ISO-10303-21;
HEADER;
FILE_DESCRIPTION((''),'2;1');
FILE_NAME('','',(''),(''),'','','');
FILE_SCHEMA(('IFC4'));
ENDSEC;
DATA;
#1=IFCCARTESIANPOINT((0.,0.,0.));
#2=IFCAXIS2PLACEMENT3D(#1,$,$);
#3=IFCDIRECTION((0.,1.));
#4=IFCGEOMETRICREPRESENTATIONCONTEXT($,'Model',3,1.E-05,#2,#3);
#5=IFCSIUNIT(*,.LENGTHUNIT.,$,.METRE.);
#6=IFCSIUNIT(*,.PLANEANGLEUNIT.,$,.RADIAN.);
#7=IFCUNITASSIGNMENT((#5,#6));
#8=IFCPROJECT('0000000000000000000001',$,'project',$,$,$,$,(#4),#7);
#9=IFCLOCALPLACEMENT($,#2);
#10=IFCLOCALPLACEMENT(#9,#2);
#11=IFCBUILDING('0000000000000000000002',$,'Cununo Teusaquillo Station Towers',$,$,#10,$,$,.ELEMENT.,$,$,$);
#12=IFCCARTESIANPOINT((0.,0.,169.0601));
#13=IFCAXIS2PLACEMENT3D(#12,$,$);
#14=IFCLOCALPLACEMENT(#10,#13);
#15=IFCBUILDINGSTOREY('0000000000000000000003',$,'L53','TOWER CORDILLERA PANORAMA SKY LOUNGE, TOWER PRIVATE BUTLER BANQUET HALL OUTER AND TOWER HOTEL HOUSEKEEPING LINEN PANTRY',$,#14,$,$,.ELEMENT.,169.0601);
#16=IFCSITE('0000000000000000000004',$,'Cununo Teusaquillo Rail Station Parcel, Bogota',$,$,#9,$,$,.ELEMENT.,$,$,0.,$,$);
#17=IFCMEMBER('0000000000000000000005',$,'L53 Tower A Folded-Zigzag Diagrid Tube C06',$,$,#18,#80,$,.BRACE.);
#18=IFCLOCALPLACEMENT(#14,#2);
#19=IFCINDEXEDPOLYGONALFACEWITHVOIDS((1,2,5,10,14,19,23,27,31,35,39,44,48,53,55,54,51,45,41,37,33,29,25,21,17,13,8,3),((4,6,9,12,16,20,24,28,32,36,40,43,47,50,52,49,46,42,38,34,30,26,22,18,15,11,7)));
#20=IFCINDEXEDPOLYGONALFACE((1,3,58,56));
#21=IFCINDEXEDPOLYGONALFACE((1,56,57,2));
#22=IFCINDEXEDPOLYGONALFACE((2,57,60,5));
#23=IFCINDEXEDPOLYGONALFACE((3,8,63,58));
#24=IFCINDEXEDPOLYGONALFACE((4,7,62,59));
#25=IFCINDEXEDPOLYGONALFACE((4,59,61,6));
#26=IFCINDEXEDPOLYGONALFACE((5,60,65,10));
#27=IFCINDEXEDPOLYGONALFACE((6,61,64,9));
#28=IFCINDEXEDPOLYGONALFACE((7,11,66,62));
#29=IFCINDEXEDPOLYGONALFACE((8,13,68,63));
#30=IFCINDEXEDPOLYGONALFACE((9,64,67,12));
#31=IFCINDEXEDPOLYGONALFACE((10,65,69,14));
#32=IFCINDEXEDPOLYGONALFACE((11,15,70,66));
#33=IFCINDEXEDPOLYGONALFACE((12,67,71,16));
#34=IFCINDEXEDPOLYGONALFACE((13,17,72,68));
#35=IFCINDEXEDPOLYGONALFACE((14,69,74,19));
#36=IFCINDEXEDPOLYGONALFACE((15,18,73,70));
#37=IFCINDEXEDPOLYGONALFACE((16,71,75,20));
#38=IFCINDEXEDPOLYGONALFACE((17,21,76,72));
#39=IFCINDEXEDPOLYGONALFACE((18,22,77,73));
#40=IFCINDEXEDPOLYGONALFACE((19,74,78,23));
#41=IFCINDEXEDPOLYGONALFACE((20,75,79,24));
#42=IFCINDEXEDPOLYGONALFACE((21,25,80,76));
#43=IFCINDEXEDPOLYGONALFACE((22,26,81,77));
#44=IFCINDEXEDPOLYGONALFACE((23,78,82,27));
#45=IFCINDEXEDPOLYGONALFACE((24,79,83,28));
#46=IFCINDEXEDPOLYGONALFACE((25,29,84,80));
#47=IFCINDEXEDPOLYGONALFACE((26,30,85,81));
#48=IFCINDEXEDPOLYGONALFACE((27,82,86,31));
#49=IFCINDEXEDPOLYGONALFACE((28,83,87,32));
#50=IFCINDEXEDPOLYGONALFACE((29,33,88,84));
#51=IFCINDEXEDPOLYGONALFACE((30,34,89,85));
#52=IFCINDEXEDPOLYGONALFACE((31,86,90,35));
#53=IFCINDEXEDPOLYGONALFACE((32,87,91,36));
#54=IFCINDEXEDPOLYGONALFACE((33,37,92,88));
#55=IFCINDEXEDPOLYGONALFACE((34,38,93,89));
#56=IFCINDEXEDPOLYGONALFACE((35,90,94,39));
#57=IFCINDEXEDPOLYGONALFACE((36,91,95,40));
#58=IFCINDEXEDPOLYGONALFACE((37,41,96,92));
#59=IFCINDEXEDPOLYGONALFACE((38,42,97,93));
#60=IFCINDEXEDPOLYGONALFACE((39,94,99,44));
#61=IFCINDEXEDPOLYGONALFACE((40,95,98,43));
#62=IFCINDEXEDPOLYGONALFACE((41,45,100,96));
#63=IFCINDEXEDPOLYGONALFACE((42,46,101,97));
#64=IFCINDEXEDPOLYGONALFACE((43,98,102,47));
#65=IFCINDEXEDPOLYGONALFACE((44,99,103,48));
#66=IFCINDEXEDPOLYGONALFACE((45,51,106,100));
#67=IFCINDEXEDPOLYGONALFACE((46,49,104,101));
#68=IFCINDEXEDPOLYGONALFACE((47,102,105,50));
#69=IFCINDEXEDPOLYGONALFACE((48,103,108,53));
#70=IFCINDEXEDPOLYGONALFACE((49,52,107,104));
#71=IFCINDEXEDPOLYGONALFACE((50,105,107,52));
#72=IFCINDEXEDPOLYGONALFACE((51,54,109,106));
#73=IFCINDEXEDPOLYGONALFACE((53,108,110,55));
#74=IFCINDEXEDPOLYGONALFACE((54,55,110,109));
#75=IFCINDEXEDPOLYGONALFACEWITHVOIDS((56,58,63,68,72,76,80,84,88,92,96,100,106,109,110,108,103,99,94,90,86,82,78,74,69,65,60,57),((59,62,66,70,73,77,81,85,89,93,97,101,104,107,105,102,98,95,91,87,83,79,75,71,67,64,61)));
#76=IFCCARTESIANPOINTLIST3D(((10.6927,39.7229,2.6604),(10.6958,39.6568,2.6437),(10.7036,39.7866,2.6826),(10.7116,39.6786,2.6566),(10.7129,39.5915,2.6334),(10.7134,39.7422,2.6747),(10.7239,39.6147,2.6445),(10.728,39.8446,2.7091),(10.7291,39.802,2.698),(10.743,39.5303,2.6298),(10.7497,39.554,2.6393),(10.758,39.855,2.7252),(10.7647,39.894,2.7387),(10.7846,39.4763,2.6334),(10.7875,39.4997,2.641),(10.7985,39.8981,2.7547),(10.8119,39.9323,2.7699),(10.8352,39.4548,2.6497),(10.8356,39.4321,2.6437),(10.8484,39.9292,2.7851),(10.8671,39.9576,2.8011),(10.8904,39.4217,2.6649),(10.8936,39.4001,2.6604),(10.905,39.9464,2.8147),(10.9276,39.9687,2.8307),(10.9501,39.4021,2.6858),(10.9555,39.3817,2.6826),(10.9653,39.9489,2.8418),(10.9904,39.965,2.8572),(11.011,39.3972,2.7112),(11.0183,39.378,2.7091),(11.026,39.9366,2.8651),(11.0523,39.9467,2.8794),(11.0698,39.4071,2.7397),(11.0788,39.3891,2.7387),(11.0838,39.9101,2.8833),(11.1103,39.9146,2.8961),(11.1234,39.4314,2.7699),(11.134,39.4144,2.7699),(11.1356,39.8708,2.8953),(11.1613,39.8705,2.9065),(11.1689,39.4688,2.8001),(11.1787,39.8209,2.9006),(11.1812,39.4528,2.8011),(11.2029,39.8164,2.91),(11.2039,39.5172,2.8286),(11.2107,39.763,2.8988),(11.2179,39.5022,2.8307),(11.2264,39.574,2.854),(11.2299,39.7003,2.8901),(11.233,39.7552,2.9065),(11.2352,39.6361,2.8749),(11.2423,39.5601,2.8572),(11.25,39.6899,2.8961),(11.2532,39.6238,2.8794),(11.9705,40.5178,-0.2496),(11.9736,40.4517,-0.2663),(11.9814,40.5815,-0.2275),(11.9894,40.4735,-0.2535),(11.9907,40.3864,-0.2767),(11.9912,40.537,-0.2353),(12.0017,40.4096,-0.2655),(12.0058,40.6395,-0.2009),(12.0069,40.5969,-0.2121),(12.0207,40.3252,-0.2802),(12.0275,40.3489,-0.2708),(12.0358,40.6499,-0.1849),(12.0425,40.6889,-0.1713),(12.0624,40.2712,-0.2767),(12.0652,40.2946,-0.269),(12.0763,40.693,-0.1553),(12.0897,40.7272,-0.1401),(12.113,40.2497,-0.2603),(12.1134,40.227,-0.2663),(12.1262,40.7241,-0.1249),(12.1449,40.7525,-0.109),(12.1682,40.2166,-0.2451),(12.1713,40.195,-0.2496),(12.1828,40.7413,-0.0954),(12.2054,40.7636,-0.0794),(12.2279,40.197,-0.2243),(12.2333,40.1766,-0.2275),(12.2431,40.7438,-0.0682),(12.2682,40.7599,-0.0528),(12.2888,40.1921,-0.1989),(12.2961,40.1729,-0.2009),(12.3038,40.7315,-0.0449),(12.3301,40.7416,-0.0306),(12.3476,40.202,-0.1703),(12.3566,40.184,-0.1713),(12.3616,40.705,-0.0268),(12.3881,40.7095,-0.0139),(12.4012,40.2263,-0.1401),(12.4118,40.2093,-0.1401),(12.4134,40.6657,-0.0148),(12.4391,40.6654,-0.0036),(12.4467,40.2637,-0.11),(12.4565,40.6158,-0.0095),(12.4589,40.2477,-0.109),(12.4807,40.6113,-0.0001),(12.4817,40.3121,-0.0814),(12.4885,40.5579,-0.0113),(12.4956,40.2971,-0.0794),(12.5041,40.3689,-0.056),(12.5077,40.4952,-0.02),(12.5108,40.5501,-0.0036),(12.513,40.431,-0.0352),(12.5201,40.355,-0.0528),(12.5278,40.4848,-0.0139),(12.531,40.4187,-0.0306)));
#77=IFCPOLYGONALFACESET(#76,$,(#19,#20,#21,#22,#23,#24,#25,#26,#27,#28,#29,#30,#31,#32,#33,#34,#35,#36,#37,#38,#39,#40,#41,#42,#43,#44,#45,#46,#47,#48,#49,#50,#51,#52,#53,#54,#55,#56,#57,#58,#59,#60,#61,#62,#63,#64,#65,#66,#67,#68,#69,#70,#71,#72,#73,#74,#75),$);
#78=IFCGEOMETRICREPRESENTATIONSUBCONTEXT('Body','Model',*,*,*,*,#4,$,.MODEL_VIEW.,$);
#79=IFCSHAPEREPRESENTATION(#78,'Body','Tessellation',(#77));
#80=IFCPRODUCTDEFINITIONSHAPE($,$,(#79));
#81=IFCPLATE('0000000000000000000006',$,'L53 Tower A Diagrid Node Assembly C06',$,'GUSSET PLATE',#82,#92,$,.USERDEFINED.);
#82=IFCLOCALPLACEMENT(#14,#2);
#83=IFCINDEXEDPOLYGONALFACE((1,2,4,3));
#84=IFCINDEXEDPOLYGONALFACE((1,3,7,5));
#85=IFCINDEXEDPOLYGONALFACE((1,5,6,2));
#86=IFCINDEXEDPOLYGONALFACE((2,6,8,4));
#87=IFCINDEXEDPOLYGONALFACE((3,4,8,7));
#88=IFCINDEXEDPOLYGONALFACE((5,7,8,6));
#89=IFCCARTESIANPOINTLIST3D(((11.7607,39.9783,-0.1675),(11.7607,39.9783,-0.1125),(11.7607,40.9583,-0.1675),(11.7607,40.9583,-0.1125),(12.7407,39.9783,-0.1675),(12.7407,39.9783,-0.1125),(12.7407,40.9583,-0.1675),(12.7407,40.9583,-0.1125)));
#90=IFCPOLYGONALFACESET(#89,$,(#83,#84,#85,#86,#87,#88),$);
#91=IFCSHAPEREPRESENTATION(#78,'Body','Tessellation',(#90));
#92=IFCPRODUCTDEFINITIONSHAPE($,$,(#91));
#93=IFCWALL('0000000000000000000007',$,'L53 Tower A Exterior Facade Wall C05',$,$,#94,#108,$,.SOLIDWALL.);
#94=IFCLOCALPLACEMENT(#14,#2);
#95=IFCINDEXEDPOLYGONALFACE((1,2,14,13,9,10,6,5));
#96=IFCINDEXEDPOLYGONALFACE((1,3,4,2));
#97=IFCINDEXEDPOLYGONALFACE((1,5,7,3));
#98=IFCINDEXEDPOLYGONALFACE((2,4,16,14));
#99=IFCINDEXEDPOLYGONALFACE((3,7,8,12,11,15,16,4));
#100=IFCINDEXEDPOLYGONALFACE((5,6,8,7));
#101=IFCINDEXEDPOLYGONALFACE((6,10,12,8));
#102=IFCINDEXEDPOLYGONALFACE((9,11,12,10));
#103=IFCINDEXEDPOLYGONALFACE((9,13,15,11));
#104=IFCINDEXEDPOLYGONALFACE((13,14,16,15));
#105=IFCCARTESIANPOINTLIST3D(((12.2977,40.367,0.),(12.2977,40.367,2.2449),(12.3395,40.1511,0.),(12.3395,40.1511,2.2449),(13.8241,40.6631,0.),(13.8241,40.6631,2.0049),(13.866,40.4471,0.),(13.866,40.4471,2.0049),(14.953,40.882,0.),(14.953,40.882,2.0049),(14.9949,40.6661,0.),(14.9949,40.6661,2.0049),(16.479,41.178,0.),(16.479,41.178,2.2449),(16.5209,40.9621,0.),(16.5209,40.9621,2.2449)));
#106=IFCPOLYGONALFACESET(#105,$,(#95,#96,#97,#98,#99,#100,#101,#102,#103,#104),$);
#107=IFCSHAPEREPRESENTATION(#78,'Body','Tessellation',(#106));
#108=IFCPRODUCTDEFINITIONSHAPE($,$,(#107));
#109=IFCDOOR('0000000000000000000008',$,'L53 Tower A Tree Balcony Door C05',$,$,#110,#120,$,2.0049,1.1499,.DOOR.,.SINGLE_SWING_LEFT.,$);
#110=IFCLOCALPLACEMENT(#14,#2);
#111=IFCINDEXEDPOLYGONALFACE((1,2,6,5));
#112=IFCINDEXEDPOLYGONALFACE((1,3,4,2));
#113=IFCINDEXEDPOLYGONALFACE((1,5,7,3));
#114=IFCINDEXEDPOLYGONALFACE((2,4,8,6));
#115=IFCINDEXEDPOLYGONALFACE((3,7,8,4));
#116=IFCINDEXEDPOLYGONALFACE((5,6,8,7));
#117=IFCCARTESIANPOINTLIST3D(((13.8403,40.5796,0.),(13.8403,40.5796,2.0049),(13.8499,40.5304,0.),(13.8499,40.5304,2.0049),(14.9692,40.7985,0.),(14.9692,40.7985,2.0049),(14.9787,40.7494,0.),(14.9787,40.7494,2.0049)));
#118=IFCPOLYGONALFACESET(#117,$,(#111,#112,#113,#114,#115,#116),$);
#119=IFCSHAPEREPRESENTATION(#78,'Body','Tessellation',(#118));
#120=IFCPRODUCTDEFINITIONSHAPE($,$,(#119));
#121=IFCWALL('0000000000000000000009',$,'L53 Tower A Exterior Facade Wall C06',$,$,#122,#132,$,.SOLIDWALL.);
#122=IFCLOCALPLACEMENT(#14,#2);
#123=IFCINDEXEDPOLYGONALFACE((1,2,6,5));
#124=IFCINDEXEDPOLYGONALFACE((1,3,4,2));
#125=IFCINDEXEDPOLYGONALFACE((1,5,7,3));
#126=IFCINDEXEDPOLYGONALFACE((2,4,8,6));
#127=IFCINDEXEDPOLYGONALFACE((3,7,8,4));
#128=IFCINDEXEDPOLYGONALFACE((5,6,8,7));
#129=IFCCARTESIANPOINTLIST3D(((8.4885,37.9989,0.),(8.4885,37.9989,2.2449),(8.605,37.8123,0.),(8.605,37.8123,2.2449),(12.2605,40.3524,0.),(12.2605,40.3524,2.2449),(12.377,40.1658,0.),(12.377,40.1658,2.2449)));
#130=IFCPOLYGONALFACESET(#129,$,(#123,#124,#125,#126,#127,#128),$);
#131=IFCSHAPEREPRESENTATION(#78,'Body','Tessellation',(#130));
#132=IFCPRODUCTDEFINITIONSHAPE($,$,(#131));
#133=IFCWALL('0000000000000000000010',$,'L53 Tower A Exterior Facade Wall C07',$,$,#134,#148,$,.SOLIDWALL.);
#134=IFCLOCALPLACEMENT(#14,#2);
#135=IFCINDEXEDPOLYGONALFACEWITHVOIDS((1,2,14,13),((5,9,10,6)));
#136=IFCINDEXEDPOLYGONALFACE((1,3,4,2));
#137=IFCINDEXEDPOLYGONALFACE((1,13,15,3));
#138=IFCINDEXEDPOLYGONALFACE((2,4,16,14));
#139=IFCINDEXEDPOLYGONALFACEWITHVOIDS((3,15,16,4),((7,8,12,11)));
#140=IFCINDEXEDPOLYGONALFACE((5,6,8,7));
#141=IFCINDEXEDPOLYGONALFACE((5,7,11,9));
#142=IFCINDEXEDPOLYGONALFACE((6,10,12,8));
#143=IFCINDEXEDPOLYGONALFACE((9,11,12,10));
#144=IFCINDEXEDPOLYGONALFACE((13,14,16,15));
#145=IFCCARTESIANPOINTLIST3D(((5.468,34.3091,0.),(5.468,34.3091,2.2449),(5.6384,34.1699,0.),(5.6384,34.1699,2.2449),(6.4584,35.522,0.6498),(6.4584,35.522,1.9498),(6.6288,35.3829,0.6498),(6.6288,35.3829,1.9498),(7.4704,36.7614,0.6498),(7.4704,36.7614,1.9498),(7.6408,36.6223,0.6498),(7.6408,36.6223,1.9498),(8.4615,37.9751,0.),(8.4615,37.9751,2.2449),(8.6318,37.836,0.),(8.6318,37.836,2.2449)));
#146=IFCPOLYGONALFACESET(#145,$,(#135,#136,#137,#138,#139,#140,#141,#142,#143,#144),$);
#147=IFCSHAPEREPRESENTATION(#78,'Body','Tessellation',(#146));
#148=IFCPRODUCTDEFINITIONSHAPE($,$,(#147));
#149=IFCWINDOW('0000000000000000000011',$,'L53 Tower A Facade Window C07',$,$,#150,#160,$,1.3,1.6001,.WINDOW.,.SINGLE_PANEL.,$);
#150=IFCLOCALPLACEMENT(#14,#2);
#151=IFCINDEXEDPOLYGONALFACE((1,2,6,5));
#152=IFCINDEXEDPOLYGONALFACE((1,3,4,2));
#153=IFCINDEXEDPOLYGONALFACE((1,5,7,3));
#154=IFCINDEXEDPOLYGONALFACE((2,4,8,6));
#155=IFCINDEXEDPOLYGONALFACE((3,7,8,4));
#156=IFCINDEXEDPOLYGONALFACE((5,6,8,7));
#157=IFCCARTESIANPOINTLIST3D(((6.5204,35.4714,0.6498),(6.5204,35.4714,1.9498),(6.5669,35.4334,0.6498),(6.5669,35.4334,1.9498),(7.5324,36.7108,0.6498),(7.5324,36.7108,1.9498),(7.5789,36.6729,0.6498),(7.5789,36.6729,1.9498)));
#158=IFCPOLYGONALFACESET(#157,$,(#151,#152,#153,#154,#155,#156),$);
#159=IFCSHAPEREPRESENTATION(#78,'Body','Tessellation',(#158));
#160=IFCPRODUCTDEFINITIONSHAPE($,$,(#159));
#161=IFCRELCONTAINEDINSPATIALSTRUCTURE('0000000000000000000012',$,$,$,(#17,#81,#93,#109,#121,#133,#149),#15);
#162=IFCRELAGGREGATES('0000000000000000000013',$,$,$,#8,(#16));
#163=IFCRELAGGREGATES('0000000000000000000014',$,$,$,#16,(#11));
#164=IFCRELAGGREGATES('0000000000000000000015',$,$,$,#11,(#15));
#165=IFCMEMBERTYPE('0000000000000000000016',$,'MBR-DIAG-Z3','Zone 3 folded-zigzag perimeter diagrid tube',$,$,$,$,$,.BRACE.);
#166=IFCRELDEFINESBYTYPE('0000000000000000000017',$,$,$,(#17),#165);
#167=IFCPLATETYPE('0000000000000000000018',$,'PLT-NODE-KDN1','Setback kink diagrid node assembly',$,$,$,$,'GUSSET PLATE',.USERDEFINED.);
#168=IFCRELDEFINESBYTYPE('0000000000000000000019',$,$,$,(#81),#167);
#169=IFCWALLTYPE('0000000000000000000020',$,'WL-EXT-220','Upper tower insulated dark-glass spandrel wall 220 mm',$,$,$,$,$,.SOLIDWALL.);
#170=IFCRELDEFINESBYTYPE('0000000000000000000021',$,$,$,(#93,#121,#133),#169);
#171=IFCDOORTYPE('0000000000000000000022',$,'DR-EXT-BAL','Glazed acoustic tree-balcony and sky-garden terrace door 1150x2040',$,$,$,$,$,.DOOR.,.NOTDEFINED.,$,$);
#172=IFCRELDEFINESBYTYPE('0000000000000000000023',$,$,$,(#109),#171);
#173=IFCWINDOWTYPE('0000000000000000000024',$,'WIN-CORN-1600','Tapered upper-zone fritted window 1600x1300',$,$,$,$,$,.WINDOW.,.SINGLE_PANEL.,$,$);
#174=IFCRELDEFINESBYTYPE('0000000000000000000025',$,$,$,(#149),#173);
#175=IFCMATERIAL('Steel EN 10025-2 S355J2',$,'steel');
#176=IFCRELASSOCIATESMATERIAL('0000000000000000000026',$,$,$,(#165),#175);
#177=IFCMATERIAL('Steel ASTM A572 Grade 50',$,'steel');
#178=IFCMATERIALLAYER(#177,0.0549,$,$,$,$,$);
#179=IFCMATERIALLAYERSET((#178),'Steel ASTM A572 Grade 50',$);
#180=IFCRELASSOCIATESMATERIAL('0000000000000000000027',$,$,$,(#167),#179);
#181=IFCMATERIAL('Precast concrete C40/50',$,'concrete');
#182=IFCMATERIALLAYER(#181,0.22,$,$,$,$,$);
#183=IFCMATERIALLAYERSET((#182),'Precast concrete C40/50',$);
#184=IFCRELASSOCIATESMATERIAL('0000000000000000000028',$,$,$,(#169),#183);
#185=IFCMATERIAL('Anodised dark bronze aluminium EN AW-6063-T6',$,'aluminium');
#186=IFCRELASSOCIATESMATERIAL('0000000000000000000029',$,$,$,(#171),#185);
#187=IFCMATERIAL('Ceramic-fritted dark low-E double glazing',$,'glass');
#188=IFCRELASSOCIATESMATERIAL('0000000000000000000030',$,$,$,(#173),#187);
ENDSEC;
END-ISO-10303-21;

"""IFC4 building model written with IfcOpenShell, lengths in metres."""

from ifc_helpers import new_model, si_unit, direction, frame, frame_2d, origin, origin_2d, place, context, subcontext, project, spatial, rectangle, hollow_circle, extrude, source, transform, mapped, material, layer, layer_set, material_profile, profile_set, type_object, element, fill, save


model = new_model("IFC4")

# Units and contexts
model_context = context("Model", 3, precision=1e-05, world=origin(), true_north=direction((0.0, 1.0)))
body_context = subcontext(model_context, "Body", "Model", "MODEL_VIEW")
ifc_project = project(units=[si_unit("LENGTHUNIT", "METRE"), si_unit("PLANEANGLEUNIT", "RADIAN")], contexts=[model_context])

# Site, building, storey
site_placement = place(None, origin())
site = spatial("IfcSite", under=ifc_project, at=site_placement, Name="Cununo Teusaquillo Rail Station Parcel, Bogota", CompositionType="ELEMENT", RefElevation=0.0)
building_placement = place(site_placement, origin())
building = spatial("IfcBuilding", under=site, at=building_placement, Name="Cununo Teusaquillo Station Towers", CompositionType="ELEMENT")
storey_placement = place(building_placement, frame((0.0, 0.0, 169.0601)))
storey = spatial("IfcBuildingStorey", under=building, at=storey_placement, Name="L53", Description="TOWER CORDILLERA PANORAMA SKY LOUNGE, TOWER PRIVATE BUTLER BANQUET HALL OUTER AND TOWER HOTEL HOUSEKEEPING LINEN PANTRY", CompositionType="ELEMENT", Elevation=169.0601)

# Member
ifc_material_1 = material(Name="Steel EN 10025-2 S355J2", Category="steel")
ifc_material_profile_1 = material_profile(ifc_material_1, hollow_circle(Radius=0.3049, WallThickness=0.02, at=origin_2d()), Name="CHS 610x20")
ifc_profile_set_1 = profile_set([ifc_material_profile_1], Name="Steel EN 10025-2 S355J2")
member_type = type_object("IfcMemberType", Name="MBR-DIAG-Z3", Description="Zone 3 folded-zigzag perimeter diagrid tube", PredefinedType="BRACE", material=ifc_profile_set_1)
member_placement = place(storey_placement, frame((12.2507, 40.4683, -0.1401), z_axis=(-0.39003, -0.242632, 0.88826), x_axis=(0.528219, -0.849108, 0.0)))
element("IfcMember", 1, at=member_placement, inside=storey, type_object=member_type, Name="L53 Tower A Folded-Zigzag Diagrid Tube C06", PredefinedType="BRACE", context=body_context, shape_type="SweptSolid", body=[
    extrude(hollow_circle(Radius=0.3049, WallThickness=0.02, at=origin_2d()), origin(), (0.0, 0.0, 1.0), 3.2761),
])

# Plate
ifc_material_2 = material(Name="Steel ASTM A572 Grade 50", Category="steel")
ifc_layer_1 = layer(ifc_material_2, 0.0549)
ifc_layer_set_1 = layer_set([ifc_layer_1], Name="Steel ASTM A572 Grade 50")
plate_type = type_object("IfcPlateType", Name="PLT-NODE-KDN1", Description="Setback kink diagrid node assembly", ElementType="GUSSET PLATE", PredefinedType="USERDEFINED", material=ifc_layer_set_1)
shared_shape_1 = source(origin(), body_context, "Body", "SweptSolid", [
    extrude(rectangle(XDim=0.98, YDim=0.98, at=origin_2d()), origin(), (0.0, 0.0, 1.0), 0.0549),
])
plate_placement = place(storey_placement, frame((12.2507, 40.4683, -0.1675), z_axis=(0.0, 0.0, 1.0), x_axis=(1.0, 0.0, 0.0)))
element("IfcPlate", 2, at=plate_placement, inside=storey, type_object=plate_type, Name="L53 Tower A Diagrid Node Assembly C06", ObjectType="GUSSET PLATE", PredefinedType="USERDEFINED", context=body_context, shape_type="MappedRepresentation", body=[
    mapped(shared_shape_1, transform((0.0, 0.0, 0.0), x_axis=(1.0, 0.0, 0.0), y_axis=(0.0, 1.0, 0.0), z_axis=(0.0, 0.0, 1.0), scale=1.0)),
])

# Wall, opening, door
ifc_material_3 = material(Name="Precast concrete C40/50", Category="concrete")
ifc_layer_2 = layer(ifc_material_3, 0.22)
ifc_layer_set_2 = layer_set([ifc_layer_2], Name="Precast concrete C40/50")
wall_type_1 = type_object("IfcWallType", Name="WL-EXT-220", Description="Upper tower insulated dark-glass spandrel wall 220 mm", PredefinedType="SOLIDWALL", material=ifc_layer_set_2)
wall_1_placement = place(storey_placement, frame((12.3186, 40.259, 0.0), z_axis=(0.0, 0.0, 1.0), x_axis=(0.981704, 0.190414, 0.0)))
wall_1 = element("IfcWall", 3, at=wall_1_placement, inside=storey, type_object=wall_type_1, Name="L53 Tower A Exterior Facade Wall C05", PredefinedType="SOLIDWALL", context=body_context, shape_type="SweptSolid", body=[
    extrude(rectangle(XDim=4.2593, YDim=0.22, at=frame_2d((2.1296, 0.0))), origin(), (0.0, 0.0, 1.0), 2.2449),
])
shared_shape_2 = source(origin(), body_context, "Body", "SweptSolid", [
    extrude(rectangle(XDim=1.1499, YDim=2.0049, at=frame_2d((0.575, 1.0024))), frame((0.0, 0.1199, 0.0), z_axis=(0.0, -1.0, 0.0), x_axis=(1.0, 0.0, 0.0)), (0.0, 0.0, 1.0), 0.24),
])
opening_1_placement = place(wall_1_placement, frame((1.5549, 0.0, 0.0)))
opening_1 = element("IfcOpeningElement", 4, at=opening_1_placement, cuts=wall_1, PredefinedType="OPENING", context=body_context, shape_type="MappedRepresentation", body=[
    mapped(shared_shape_2, transform((0.0, 0.0, 0.0), x_axis=(1.0, 0.0, 0.0), y_axis=(0.0, 1.0, 0.0), z_axis=(0.0, 0.0, 1.0), scale=1.0)),
])
ifc_material_4 = material(Name="Anodised dark bronze aluminium EN AW-6063-T6", Category="aluminium")
door_type_1 = type_object("IfcDoorType", Name="DR-EXT-BAL", Description="Glazed acoustic tree-balcony and sky-garden terrace door 1150x2040", OperationType="NOTDEFINED", PredefinedType="DOOR", material=ifc_material_4)
shared_shape_3 = source(origin(), body_context, "Body", "SweptSolid", [
    extrude(rectangle(XDim=1.1499, YDim=2.0049, at=frame_2d((0.575, 1.0024))), frame((0.0, 0.0249, 0.0), z_axis=(0.0, -1.0, 0.0), x_axis=(1.0, 0.0, 0.0)), (0.0, 0.0, 1.0), 0.05),
])
door_1_placement = place(opening_1_placement, origin())
door_1 = element("IfcDoor", 5, at=door_1_placement, inside=storey, type_object=door_type_1, Name="L53 Tower A Tree Balcony Door C05", OperationType="SINGLE_SWING_LEFT", OverallHeight=2.0049, OverallWidth=1.1499, PredefinedType="DOOR", context=body_context, shape_type="MappedRepresentation", body=[
    mapped(shared_shape_3, transform((0.0, 0.0, 0.0), x_axis=(1.0, 0.0, 0.0), y_axis=(0.0, 1.0, 0.0), z_axis=(0.0, 0.0, 1.0), scale=1.0)),
])
fill(opening_1, door_1)

# Wall
wall_2_placement = place(storey_placement, frame((8.5466, 37.9055, 0.0), z_axis=(0.0, 0.0, 1.0), x_axis=(0.848399, 0.529357, 0.0)))
element("IfcWall", 6, at=wall_2_placement, inside=storey, type_object=wall_type_1, Name="L53 Tower A Exterior Facade Wall C06", PredefinedType="SOLIDWALL", context=body_context, shape_type="SweptSolid", body=[
    extrude(rectangle(XDim=4.446, YDim=0.22, at=frame_2d((2.2231, 0.0))), origin(), (0.0, 0.0, 1.0), 2.2449),
])

# Wall, opening, window
wall_3_placement = place(storey_placement, frame((5.5532, 34.2395, 0.0), z_axis=(0.0, 0.0, 1.0), x_axis=(0.632471, 0.774584, 0.0)))
wall_3 = element("IfcWall", 7, at=wall_3_placement, inside=storey, type_object=wall_type_1, Name="L53 Tower A Exterior Facade Wall C07", PredefinedType="SOLIDWALL", context=body_context, shape_type="SweptSolid", body=[
    extrude(rectangle(XDim=4.7329, YDim=0.22, at=frame_2d((2.3665, 0.0))), origin(), (0.0, 0.0, 1.0), 2.2449),
])
shared_shape_4 = source(origin(), body_context, "Body", "SweptSolid", [
    extrude(rectangle(XDim=1.6001, YDim=1.3, at=frame_2d((0.8, 0.6499))), frame((0.0, 0.1199, 0.0), z_axis=(0.0, -1.0, 0.0), x_axis=(1.0, 0.0, 0.0)), (0.0, 0.0, 1.0), 0.24),
])
opening_2_placement = place(wall_3_placement, frame((1.5659, 0.0, 0.6499)))
opening_2 = element("IfcOpeningElement", 8, at=opening_2_placement, cuts=wall_3, PredefinedType="OPENING", context=body_context, shape_type="MappedRepresentation", body=[
    mapped(shared_shape_4, transform((0.0, 0.0, 0.0), x_axis=(1.0, 0.0, 0.0), y_axis=(0.0, 1.0, 0.0), z_axis=(0.0, 0.0, 1.0), scale=1.0)),
])
ifc_material_5 = material(Name="Ceramic-fritted dark low-E double glazing", Category="glass")
window_type = type_object("IfcWindowType", Name="WIN-CORN-1600", Description="Tapered upper-zone fritted window 1600x1300", PartitioningType="SINGLE_PANEL", PredefinedType="WINDOW", material=ifc_material_5)
shared_shape_5 = source(origin(), body_context, "Body", "SweptSolid", [
    extrude(rectangle(XDim=1.6001, YDim=1.3, at=frame_2d((0.8, 0.6499))), frame((0.0, 0.03, 0.0), z_axis=(0.0, -1.0, 0.0), x_axis=(1.0, 0.0, 0.0)), (0.0, 0.0, 1.0), 0.0601),
])
window_placement = place(opening_2_placement, origin())
window = element("IfcWindow", 9, at=window_placement, inside=storey, type_object=window_type, Name="L53 Tower A Facade Window C07", OverallHeight=1.3, OverallWidth=1.6001, PartitioningType="SINGLE_PANEL", PredefinedType="WINDOW", context=body_context, shape_type="MappedRepresentation", body=[
    mapped(shared_shape_5, transform((0.0, 0.0, 0.0), x_axis=(1.0, 0.0, 0.0), y_axis=(0.0, 1.0, 0.0), z_axis=(0.0, 0.0, 1.0), scale=1.0)),
])
fill(opening_2, window)

save(model, "model.ifc")
